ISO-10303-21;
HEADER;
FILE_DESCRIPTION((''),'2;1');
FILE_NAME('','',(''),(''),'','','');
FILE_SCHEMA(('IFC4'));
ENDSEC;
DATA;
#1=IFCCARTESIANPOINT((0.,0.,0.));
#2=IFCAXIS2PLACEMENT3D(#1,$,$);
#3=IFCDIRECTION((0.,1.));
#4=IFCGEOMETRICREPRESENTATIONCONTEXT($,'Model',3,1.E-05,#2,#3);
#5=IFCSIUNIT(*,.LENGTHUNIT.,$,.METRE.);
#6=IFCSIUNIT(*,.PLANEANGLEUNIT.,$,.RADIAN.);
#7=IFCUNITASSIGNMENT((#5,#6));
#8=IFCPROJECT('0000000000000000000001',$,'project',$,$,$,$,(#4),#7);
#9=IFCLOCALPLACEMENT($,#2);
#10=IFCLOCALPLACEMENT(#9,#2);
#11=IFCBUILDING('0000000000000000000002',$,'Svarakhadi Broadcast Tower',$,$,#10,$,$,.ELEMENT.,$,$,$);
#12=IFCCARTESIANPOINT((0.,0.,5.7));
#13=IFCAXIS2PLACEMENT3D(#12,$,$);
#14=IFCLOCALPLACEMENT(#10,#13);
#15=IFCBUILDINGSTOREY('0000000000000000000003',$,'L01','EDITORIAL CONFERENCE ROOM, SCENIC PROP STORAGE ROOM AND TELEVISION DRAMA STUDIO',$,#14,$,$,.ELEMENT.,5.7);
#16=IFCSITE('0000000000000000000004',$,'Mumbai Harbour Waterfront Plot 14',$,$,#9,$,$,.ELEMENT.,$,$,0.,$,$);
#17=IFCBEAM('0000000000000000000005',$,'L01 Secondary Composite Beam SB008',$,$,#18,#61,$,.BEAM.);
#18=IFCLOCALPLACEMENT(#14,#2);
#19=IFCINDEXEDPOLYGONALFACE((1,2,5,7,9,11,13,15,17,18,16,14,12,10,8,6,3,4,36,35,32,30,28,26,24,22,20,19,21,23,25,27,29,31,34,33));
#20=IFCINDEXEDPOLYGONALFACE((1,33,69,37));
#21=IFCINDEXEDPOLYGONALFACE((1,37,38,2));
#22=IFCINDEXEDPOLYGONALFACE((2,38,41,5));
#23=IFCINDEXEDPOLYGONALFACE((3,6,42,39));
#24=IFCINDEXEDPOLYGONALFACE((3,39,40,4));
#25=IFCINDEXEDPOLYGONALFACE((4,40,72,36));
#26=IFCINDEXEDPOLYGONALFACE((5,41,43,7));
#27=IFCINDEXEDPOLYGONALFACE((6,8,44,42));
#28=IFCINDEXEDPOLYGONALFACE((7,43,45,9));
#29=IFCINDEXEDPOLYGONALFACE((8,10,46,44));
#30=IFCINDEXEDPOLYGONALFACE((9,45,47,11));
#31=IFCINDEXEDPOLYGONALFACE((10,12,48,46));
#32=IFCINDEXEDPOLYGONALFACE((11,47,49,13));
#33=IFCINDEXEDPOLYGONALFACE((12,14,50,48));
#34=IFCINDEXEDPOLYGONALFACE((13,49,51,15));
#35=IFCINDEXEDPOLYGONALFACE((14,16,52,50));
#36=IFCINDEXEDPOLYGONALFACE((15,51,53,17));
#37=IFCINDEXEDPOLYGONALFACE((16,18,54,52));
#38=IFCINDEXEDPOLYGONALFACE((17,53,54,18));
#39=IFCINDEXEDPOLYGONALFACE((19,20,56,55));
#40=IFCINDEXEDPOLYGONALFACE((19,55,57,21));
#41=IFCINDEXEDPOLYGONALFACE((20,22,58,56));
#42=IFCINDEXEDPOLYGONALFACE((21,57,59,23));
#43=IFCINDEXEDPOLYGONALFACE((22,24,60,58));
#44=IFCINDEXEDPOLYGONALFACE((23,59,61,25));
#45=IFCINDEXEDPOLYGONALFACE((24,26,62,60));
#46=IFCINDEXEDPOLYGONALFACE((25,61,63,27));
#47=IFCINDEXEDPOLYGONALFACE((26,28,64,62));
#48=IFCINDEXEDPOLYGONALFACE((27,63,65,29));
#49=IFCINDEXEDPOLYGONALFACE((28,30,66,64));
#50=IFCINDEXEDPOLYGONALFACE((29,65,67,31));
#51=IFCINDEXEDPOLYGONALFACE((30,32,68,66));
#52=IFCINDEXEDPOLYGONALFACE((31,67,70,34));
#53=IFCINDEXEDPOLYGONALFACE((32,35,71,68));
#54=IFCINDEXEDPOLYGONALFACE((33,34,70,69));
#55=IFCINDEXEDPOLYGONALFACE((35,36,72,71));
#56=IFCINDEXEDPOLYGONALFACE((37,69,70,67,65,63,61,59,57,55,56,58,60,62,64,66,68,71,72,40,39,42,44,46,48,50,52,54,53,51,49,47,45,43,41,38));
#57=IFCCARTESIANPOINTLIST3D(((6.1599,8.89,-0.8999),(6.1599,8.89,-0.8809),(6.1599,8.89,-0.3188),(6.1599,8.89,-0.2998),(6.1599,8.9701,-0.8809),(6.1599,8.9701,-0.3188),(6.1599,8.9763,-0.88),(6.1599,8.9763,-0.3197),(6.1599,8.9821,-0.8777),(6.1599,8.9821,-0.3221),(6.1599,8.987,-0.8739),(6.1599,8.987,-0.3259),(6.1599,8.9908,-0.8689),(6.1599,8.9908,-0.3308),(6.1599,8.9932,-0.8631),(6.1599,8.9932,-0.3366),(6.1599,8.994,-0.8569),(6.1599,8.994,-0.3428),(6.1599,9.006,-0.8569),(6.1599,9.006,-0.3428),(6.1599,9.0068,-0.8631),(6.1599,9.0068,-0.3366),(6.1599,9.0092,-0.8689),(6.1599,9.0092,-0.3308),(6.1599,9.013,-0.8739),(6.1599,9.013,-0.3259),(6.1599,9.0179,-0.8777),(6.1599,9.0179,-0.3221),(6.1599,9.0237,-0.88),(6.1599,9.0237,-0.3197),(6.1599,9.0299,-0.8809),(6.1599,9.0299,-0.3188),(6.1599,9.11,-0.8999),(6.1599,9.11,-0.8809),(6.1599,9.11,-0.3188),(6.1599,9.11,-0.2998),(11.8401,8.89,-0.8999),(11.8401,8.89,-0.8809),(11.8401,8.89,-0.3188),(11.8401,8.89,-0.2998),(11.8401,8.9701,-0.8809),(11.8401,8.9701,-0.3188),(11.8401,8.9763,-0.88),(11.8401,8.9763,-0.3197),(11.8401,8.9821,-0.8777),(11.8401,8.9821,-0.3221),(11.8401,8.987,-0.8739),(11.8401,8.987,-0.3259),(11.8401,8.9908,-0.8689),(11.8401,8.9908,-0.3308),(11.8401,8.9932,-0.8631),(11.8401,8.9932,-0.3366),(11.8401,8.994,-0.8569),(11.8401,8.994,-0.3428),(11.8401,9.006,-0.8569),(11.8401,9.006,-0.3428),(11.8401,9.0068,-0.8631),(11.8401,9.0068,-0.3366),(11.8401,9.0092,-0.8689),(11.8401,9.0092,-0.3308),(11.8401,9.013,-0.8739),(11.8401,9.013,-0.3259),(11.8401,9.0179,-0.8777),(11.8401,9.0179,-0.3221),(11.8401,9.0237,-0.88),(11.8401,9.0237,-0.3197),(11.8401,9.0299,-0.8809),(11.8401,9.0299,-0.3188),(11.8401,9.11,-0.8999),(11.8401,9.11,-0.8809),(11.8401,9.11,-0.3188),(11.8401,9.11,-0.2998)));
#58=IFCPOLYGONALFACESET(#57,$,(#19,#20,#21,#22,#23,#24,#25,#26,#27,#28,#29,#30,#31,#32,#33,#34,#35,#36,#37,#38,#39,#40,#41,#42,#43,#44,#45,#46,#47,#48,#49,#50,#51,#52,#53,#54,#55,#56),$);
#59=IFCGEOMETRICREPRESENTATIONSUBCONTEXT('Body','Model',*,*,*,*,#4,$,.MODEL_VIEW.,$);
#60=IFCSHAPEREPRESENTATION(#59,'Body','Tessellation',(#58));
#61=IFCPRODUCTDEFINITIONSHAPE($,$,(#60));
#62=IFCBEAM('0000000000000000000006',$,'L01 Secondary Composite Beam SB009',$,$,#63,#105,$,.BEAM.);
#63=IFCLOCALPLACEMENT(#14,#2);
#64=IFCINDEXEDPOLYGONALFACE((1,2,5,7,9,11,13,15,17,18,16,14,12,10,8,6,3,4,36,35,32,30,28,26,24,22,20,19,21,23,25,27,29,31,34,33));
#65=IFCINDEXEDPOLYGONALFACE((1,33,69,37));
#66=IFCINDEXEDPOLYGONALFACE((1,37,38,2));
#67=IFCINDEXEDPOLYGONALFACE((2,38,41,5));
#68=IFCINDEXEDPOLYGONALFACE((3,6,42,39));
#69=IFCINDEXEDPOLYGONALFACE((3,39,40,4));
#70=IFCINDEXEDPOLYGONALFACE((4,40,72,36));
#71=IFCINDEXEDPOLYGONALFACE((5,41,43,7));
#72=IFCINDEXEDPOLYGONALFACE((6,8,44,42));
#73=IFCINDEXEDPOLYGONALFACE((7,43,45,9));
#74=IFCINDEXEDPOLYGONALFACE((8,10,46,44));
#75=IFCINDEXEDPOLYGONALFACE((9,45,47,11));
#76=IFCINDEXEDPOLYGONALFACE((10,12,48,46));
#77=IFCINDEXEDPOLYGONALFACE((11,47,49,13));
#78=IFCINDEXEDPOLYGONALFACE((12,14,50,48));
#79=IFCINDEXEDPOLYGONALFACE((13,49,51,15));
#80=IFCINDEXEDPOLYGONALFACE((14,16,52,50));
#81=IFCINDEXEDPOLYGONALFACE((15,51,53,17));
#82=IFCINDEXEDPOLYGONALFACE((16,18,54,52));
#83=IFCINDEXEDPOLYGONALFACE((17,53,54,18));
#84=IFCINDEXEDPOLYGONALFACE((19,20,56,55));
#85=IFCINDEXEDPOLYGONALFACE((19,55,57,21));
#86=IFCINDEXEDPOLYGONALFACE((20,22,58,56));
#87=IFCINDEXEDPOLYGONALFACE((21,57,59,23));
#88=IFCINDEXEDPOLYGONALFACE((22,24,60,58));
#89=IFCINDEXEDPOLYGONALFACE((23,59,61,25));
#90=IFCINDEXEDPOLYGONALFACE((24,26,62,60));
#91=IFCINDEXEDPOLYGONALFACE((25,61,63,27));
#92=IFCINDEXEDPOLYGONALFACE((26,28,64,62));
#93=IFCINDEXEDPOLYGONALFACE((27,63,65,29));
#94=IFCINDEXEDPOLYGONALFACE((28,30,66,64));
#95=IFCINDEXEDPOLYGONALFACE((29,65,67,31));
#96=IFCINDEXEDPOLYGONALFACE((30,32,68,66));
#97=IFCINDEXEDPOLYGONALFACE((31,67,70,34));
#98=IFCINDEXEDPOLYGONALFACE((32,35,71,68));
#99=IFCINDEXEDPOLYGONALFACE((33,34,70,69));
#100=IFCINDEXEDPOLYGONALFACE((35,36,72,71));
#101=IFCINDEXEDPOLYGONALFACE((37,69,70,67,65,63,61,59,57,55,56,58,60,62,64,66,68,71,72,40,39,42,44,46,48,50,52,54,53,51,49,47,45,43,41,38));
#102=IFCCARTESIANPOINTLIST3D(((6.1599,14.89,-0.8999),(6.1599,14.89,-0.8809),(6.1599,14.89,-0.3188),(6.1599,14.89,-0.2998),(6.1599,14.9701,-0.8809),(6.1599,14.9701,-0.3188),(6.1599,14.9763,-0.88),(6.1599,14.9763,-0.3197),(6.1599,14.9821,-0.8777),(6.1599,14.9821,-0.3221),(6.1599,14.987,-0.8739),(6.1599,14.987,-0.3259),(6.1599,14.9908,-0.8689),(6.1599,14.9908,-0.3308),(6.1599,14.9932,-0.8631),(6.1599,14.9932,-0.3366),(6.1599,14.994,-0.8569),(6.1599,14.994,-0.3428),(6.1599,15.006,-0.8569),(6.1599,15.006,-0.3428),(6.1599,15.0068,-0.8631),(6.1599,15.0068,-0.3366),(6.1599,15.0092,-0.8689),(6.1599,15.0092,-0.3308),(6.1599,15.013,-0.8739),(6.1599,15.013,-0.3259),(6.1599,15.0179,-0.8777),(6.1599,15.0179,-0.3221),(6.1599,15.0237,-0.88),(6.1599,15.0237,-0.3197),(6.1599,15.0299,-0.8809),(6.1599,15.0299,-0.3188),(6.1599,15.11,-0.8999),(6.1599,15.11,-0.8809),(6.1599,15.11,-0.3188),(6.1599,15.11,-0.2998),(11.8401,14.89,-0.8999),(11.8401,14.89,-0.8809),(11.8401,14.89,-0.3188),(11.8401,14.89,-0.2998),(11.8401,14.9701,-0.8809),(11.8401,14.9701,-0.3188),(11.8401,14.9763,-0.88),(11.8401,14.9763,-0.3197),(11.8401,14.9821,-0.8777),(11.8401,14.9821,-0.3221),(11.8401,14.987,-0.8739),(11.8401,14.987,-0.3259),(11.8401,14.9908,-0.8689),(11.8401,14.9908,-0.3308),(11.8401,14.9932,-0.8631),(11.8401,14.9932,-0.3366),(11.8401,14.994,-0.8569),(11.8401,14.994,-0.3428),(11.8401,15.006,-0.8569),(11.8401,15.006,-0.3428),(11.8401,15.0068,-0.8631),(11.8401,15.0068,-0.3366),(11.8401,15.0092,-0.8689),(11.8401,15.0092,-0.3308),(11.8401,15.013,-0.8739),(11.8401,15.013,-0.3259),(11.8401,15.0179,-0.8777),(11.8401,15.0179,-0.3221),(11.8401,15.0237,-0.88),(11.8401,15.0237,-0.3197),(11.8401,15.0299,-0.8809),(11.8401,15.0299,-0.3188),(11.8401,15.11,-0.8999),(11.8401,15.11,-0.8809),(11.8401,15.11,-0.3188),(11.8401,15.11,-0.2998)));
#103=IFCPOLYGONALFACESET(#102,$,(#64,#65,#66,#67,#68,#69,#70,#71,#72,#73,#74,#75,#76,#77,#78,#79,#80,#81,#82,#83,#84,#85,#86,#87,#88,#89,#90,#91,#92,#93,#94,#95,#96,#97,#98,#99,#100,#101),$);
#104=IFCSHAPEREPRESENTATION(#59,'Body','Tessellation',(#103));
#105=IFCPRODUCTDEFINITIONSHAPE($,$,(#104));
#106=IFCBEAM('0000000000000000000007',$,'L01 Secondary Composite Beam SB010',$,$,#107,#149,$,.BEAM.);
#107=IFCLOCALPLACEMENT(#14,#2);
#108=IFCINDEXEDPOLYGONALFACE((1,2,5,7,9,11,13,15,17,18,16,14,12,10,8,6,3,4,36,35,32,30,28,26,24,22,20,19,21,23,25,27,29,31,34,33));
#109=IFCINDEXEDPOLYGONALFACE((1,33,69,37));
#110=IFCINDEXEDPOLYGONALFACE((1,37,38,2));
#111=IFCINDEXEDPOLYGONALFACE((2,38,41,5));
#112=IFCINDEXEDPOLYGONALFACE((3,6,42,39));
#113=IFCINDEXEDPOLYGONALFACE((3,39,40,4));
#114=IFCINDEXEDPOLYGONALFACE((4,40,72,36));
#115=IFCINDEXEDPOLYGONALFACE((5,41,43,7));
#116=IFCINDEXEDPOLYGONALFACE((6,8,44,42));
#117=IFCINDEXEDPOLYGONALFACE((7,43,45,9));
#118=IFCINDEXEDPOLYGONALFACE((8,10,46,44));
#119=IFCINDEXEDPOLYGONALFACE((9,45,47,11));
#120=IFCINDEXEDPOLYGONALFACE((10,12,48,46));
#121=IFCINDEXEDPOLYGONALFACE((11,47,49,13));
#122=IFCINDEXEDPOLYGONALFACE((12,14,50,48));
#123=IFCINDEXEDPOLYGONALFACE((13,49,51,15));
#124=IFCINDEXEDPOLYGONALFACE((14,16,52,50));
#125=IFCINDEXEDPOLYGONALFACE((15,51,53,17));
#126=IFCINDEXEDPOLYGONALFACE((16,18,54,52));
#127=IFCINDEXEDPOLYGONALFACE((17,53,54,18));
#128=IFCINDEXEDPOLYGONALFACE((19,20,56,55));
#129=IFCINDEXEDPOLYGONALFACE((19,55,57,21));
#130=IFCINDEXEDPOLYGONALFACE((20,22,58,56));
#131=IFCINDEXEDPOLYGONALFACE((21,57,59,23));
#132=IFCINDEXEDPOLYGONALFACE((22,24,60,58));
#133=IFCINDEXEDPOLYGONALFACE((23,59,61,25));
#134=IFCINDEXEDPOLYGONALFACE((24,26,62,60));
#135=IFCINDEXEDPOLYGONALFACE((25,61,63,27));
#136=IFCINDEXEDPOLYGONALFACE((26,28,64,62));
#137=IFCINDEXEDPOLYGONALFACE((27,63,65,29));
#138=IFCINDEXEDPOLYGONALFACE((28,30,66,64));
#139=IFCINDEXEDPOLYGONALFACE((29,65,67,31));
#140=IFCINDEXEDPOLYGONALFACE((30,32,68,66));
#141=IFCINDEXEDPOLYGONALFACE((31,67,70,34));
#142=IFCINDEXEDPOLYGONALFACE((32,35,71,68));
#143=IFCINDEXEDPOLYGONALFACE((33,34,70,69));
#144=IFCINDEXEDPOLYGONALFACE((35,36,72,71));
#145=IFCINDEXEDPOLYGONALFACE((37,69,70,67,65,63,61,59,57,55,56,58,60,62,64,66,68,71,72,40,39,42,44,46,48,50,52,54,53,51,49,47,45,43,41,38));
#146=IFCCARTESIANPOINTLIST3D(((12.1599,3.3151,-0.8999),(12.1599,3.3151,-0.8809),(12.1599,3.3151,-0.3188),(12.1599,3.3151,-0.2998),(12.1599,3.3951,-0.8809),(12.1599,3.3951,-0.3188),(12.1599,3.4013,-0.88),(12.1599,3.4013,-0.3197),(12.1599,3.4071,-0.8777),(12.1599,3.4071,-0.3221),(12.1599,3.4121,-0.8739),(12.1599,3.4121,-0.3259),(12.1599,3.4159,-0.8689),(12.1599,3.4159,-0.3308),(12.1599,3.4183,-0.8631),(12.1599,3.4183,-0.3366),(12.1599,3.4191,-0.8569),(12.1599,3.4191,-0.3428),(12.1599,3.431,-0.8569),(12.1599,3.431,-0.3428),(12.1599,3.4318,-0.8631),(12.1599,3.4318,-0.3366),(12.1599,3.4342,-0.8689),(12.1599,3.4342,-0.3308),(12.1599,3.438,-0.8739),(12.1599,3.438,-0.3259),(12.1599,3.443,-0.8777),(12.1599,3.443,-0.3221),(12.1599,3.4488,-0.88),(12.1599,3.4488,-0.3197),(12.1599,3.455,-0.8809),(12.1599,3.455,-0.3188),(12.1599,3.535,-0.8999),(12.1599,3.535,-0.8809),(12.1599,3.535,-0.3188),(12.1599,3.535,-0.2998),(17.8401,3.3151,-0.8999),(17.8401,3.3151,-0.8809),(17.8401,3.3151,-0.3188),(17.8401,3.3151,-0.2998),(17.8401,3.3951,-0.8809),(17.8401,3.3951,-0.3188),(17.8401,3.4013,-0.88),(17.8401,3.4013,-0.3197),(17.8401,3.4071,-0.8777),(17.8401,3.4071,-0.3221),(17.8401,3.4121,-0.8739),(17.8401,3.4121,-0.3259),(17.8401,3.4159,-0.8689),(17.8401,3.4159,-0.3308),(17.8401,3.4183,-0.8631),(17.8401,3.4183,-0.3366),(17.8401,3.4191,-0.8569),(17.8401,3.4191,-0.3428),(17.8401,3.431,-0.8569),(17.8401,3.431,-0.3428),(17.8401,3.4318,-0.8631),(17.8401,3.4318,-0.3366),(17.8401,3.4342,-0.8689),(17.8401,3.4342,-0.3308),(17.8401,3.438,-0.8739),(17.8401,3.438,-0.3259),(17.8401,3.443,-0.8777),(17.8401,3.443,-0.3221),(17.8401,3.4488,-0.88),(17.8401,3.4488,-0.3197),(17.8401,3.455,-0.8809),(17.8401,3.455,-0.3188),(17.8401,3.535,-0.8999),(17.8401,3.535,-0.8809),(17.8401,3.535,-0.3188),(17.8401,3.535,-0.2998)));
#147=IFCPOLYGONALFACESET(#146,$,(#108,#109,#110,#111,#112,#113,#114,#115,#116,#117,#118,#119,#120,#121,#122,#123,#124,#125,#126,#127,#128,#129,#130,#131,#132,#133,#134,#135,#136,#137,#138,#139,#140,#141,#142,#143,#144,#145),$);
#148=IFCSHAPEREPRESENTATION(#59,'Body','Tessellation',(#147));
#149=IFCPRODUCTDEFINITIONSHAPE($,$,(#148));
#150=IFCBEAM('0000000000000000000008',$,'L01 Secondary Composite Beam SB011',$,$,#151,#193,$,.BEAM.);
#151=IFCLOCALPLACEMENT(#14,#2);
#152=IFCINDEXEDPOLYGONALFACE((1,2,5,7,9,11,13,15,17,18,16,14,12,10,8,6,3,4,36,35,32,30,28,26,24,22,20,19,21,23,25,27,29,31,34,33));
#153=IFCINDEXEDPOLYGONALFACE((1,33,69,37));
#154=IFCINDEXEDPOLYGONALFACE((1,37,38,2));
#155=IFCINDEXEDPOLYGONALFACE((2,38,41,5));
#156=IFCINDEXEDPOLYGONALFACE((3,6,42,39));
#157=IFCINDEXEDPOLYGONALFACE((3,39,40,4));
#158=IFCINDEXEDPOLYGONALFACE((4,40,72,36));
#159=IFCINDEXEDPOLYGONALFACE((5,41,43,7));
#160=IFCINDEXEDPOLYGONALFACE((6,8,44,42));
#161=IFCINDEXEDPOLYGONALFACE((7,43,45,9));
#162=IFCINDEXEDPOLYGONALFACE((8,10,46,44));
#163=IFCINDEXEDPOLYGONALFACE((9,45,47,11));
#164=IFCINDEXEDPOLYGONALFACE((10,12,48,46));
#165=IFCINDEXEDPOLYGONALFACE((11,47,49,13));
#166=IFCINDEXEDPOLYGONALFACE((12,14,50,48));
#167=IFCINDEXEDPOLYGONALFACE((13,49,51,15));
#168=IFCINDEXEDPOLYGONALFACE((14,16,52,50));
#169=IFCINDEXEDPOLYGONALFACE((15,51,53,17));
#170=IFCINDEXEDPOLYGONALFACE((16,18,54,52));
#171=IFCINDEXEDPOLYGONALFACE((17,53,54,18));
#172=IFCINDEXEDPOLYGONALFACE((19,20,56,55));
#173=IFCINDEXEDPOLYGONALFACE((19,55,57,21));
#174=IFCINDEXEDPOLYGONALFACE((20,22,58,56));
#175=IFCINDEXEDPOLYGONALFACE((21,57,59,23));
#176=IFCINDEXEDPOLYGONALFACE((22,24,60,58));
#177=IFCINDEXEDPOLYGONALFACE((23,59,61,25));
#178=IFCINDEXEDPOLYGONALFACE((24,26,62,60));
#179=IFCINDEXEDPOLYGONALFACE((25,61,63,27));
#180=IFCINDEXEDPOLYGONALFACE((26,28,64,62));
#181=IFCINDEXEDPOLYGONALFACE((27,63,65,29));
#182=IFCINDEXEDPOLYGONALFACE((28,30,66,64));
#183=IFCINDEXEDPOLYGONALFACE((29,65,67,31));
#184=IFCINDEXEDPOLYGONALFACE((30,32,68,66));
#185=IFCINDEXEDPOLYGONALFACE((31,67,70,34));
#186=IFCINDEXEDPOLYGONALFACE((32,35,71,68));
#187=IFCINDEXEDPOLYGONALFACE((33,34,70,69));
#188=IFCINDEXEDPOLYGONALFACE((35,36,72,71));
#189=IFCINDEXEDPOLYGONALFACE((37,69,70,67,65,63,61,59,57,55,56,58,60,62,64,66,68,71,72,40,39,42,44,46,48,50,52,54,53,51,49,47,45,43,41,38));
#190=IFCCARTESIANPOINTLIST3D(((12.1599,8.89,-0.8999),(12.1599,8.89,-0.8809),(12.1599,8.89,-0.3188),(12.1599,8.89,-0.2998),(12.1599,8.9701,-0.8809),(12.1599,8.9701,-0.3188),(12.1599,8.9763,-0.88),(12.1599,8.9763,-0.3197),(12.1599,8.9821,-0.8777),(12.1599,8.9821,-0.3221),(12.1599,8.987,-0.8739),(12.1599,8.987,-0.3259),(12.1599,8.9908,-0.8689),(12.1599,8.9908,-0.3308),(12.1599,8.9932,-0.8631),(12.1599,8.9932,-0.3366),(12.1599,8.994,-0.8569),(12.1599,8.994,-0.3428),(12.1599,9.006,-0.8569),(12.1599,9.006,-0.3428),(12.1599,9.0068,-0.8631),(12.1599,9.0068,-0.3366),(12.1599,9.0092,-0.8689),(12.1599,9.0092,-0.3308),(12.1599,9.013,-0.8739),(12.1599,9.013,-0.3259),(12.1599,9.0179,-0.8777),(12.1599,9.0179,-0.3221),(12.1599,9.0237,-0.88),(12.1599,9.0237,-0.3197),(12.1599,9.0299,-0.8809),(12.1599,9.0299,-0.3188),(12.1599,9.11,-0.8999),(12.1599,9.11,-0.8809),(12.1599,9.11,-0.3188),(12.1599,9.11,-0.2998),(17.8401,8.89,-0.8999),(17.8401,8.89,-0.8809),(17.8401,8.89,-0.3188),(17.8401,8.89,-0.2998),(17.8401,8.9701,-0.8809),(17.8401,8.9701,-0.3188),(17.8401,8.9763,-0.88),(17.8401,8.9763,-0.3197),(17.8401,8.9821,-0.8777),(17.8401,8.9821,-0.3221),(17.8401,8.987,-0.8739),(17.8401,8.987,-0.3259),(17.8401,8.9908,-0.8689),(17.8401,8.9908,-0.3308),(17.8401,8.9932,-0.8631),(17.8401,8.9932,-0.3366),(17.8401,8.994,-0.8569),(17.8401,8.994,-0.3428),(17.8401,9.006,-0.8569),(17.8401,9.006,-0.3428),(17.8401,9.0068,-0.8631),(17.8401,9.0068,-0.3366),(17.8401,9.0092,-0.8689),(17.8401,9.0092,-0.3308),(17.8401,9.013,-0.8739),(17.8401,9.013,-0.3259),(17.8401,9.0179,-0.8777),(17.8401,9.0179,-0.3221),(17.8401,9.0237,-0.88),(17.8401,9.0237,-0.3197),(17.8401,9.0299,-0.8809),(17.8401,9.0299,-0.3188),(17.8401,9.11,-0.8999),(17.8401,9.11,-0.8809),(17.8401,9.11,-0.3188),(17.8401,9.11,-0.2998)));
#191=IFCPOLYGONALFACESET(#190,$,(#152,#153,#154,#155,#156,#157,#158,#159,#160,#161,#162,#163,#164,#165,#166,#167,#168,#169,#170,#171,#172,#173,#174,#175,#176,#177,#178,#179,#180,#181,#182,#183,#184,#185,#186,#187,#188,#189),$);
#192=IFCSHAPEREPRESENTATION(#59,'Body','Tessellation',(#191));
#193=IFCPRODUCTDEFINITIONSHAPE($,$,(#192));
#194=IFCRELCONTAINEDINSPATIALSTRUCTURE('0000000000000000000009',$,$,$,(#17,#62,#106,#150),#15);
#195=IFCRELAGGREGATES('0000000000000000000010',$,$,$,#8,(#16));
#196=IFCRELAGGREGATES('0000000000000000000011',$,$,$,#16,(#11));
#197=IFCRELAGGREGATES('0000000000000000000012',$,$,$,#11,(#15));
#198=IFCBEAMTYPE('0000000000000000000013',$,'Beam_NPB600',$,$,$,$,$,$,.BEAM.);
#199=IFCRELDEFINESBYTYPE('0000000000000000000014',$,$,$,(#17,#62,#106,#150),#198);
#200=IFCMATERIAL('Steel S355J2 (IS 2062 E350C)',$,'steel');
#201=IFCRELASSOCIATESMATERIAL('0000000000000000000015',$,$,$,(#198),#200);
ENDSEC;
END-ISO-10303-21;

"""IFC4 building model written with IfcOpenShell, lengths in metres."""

from ifc_helpers import new_model, si_unit, direction, frame, origin, origin_2d, place, context, subcontext, project, spatial, i_section, extrude, material, material_profile, profile_set, type_object, element, save


model = new_model("IFC4")

# Units and contexts
model_context = context("Model", 3, precision=1e-05, world=origin(), true_north=direction((0.0, 1.0)))
body_context = subcontext(model_context, "Body", "Model", "MODEL_VIEW")
ifc_project = project(units=[si_unit("LENGTHUNIT", "METRE"), si_unit("PLANEANGLEUNIT", "RADIAN")], contexts=[model_context])

# Site, building, storey
site_placement = place(None, origin())
site = spatial("IfcSite", under=ifc_project, at=site_placement, Name="Mumbai Harbour Waterfront Plot 14", CompositionType="ELEMENT", RefElevation=0.0)
building_placement = place(site_placement, origin())
building = spatial("IfcBuilding", under=site, at=building_placement, Name="Svarakhadi Broadcast Tower", CompositionType="ELEMENT")
storey_placement = place(building_placement, frame((0.0, 0.0, 5.7)))
storey = spatial("IfcBuildingStorey", under=building, at=storey_placement, Name="L01", Description="EDITORIAL CONFERENCE ROOM, SCENIC PROP STORAGE ROOM AND TELEVISION DRAMA STUDIO", CompositionType="ELEMENT", Elevation=5.7)

# Beams
ifc_material_1 = material(Name="Steel S355J2 (IS 2062 E350C)", Category="steel")
ifc_material_profile_1 = material_profile(ifc_material_1, i_section(OverallWidth=0.22, OverallDepth=0.6001, WebThickness=0.012, FlangeThickness=0.019, FilletRadius=0.0239, at=origin_2d()), Name="NPB 600x220x122")
ifc_profile_set_1 = profile_set([ifc_material_profile_1], Name="Steel S355J2 (IS 2062 E350C)")
beam_type_1 = type_object("IfcBeamType", Name="Beam_NPB600", PredefinedType="BEAM", material=ifc_profile_set_1)
for number, where, z_axis, x_axis, name in (
    (1, (6.1599, 9.0, -0.5999), (1.0, 0.0, 0.0), (0.0, 1.0, 0.0), "L01 Secondary Composite Beam SB008"),
    (2, (6.1599, 15.0, -0.5999), (1.0, 0.0, 0.0), (0.0, 1.0, 0.0), "L01 Secondary Composite Beam SB009"),
    (3, (12.1599, 3.425, -0.5999), (1.0, 0.0, 0.0), (0.0, 1.0, 0.0), "L01 Secondary Composite Beam SB010"),
    (4, (12.1599, 9.0, -0.5999), (1.0, 0.0, 0.0), (0.0, 1.0, 0.0), "L01 Secondary Composite Beam SB011"),
):
    element("IfcBeam", number, at=place(storey_placement, frame(where, z_axis=z_axis, x_axis=x_axis)), inside=storey, type_object=beam_type_1, Name=name, PredefinedType="BEAM", context=body_context, shape_type="SweptSolid", body=[
        extrude(i_section(OverallWidth=0.22, OverallDepth=0.6001, WebThickness=0.012, FlangeThickness=0.019, FilletRadius=0.0239, at=origin_2d()), origin(), (0.0, 0.0, 1.0), 5.6802),
    ])

save(model, "model.ifc")
